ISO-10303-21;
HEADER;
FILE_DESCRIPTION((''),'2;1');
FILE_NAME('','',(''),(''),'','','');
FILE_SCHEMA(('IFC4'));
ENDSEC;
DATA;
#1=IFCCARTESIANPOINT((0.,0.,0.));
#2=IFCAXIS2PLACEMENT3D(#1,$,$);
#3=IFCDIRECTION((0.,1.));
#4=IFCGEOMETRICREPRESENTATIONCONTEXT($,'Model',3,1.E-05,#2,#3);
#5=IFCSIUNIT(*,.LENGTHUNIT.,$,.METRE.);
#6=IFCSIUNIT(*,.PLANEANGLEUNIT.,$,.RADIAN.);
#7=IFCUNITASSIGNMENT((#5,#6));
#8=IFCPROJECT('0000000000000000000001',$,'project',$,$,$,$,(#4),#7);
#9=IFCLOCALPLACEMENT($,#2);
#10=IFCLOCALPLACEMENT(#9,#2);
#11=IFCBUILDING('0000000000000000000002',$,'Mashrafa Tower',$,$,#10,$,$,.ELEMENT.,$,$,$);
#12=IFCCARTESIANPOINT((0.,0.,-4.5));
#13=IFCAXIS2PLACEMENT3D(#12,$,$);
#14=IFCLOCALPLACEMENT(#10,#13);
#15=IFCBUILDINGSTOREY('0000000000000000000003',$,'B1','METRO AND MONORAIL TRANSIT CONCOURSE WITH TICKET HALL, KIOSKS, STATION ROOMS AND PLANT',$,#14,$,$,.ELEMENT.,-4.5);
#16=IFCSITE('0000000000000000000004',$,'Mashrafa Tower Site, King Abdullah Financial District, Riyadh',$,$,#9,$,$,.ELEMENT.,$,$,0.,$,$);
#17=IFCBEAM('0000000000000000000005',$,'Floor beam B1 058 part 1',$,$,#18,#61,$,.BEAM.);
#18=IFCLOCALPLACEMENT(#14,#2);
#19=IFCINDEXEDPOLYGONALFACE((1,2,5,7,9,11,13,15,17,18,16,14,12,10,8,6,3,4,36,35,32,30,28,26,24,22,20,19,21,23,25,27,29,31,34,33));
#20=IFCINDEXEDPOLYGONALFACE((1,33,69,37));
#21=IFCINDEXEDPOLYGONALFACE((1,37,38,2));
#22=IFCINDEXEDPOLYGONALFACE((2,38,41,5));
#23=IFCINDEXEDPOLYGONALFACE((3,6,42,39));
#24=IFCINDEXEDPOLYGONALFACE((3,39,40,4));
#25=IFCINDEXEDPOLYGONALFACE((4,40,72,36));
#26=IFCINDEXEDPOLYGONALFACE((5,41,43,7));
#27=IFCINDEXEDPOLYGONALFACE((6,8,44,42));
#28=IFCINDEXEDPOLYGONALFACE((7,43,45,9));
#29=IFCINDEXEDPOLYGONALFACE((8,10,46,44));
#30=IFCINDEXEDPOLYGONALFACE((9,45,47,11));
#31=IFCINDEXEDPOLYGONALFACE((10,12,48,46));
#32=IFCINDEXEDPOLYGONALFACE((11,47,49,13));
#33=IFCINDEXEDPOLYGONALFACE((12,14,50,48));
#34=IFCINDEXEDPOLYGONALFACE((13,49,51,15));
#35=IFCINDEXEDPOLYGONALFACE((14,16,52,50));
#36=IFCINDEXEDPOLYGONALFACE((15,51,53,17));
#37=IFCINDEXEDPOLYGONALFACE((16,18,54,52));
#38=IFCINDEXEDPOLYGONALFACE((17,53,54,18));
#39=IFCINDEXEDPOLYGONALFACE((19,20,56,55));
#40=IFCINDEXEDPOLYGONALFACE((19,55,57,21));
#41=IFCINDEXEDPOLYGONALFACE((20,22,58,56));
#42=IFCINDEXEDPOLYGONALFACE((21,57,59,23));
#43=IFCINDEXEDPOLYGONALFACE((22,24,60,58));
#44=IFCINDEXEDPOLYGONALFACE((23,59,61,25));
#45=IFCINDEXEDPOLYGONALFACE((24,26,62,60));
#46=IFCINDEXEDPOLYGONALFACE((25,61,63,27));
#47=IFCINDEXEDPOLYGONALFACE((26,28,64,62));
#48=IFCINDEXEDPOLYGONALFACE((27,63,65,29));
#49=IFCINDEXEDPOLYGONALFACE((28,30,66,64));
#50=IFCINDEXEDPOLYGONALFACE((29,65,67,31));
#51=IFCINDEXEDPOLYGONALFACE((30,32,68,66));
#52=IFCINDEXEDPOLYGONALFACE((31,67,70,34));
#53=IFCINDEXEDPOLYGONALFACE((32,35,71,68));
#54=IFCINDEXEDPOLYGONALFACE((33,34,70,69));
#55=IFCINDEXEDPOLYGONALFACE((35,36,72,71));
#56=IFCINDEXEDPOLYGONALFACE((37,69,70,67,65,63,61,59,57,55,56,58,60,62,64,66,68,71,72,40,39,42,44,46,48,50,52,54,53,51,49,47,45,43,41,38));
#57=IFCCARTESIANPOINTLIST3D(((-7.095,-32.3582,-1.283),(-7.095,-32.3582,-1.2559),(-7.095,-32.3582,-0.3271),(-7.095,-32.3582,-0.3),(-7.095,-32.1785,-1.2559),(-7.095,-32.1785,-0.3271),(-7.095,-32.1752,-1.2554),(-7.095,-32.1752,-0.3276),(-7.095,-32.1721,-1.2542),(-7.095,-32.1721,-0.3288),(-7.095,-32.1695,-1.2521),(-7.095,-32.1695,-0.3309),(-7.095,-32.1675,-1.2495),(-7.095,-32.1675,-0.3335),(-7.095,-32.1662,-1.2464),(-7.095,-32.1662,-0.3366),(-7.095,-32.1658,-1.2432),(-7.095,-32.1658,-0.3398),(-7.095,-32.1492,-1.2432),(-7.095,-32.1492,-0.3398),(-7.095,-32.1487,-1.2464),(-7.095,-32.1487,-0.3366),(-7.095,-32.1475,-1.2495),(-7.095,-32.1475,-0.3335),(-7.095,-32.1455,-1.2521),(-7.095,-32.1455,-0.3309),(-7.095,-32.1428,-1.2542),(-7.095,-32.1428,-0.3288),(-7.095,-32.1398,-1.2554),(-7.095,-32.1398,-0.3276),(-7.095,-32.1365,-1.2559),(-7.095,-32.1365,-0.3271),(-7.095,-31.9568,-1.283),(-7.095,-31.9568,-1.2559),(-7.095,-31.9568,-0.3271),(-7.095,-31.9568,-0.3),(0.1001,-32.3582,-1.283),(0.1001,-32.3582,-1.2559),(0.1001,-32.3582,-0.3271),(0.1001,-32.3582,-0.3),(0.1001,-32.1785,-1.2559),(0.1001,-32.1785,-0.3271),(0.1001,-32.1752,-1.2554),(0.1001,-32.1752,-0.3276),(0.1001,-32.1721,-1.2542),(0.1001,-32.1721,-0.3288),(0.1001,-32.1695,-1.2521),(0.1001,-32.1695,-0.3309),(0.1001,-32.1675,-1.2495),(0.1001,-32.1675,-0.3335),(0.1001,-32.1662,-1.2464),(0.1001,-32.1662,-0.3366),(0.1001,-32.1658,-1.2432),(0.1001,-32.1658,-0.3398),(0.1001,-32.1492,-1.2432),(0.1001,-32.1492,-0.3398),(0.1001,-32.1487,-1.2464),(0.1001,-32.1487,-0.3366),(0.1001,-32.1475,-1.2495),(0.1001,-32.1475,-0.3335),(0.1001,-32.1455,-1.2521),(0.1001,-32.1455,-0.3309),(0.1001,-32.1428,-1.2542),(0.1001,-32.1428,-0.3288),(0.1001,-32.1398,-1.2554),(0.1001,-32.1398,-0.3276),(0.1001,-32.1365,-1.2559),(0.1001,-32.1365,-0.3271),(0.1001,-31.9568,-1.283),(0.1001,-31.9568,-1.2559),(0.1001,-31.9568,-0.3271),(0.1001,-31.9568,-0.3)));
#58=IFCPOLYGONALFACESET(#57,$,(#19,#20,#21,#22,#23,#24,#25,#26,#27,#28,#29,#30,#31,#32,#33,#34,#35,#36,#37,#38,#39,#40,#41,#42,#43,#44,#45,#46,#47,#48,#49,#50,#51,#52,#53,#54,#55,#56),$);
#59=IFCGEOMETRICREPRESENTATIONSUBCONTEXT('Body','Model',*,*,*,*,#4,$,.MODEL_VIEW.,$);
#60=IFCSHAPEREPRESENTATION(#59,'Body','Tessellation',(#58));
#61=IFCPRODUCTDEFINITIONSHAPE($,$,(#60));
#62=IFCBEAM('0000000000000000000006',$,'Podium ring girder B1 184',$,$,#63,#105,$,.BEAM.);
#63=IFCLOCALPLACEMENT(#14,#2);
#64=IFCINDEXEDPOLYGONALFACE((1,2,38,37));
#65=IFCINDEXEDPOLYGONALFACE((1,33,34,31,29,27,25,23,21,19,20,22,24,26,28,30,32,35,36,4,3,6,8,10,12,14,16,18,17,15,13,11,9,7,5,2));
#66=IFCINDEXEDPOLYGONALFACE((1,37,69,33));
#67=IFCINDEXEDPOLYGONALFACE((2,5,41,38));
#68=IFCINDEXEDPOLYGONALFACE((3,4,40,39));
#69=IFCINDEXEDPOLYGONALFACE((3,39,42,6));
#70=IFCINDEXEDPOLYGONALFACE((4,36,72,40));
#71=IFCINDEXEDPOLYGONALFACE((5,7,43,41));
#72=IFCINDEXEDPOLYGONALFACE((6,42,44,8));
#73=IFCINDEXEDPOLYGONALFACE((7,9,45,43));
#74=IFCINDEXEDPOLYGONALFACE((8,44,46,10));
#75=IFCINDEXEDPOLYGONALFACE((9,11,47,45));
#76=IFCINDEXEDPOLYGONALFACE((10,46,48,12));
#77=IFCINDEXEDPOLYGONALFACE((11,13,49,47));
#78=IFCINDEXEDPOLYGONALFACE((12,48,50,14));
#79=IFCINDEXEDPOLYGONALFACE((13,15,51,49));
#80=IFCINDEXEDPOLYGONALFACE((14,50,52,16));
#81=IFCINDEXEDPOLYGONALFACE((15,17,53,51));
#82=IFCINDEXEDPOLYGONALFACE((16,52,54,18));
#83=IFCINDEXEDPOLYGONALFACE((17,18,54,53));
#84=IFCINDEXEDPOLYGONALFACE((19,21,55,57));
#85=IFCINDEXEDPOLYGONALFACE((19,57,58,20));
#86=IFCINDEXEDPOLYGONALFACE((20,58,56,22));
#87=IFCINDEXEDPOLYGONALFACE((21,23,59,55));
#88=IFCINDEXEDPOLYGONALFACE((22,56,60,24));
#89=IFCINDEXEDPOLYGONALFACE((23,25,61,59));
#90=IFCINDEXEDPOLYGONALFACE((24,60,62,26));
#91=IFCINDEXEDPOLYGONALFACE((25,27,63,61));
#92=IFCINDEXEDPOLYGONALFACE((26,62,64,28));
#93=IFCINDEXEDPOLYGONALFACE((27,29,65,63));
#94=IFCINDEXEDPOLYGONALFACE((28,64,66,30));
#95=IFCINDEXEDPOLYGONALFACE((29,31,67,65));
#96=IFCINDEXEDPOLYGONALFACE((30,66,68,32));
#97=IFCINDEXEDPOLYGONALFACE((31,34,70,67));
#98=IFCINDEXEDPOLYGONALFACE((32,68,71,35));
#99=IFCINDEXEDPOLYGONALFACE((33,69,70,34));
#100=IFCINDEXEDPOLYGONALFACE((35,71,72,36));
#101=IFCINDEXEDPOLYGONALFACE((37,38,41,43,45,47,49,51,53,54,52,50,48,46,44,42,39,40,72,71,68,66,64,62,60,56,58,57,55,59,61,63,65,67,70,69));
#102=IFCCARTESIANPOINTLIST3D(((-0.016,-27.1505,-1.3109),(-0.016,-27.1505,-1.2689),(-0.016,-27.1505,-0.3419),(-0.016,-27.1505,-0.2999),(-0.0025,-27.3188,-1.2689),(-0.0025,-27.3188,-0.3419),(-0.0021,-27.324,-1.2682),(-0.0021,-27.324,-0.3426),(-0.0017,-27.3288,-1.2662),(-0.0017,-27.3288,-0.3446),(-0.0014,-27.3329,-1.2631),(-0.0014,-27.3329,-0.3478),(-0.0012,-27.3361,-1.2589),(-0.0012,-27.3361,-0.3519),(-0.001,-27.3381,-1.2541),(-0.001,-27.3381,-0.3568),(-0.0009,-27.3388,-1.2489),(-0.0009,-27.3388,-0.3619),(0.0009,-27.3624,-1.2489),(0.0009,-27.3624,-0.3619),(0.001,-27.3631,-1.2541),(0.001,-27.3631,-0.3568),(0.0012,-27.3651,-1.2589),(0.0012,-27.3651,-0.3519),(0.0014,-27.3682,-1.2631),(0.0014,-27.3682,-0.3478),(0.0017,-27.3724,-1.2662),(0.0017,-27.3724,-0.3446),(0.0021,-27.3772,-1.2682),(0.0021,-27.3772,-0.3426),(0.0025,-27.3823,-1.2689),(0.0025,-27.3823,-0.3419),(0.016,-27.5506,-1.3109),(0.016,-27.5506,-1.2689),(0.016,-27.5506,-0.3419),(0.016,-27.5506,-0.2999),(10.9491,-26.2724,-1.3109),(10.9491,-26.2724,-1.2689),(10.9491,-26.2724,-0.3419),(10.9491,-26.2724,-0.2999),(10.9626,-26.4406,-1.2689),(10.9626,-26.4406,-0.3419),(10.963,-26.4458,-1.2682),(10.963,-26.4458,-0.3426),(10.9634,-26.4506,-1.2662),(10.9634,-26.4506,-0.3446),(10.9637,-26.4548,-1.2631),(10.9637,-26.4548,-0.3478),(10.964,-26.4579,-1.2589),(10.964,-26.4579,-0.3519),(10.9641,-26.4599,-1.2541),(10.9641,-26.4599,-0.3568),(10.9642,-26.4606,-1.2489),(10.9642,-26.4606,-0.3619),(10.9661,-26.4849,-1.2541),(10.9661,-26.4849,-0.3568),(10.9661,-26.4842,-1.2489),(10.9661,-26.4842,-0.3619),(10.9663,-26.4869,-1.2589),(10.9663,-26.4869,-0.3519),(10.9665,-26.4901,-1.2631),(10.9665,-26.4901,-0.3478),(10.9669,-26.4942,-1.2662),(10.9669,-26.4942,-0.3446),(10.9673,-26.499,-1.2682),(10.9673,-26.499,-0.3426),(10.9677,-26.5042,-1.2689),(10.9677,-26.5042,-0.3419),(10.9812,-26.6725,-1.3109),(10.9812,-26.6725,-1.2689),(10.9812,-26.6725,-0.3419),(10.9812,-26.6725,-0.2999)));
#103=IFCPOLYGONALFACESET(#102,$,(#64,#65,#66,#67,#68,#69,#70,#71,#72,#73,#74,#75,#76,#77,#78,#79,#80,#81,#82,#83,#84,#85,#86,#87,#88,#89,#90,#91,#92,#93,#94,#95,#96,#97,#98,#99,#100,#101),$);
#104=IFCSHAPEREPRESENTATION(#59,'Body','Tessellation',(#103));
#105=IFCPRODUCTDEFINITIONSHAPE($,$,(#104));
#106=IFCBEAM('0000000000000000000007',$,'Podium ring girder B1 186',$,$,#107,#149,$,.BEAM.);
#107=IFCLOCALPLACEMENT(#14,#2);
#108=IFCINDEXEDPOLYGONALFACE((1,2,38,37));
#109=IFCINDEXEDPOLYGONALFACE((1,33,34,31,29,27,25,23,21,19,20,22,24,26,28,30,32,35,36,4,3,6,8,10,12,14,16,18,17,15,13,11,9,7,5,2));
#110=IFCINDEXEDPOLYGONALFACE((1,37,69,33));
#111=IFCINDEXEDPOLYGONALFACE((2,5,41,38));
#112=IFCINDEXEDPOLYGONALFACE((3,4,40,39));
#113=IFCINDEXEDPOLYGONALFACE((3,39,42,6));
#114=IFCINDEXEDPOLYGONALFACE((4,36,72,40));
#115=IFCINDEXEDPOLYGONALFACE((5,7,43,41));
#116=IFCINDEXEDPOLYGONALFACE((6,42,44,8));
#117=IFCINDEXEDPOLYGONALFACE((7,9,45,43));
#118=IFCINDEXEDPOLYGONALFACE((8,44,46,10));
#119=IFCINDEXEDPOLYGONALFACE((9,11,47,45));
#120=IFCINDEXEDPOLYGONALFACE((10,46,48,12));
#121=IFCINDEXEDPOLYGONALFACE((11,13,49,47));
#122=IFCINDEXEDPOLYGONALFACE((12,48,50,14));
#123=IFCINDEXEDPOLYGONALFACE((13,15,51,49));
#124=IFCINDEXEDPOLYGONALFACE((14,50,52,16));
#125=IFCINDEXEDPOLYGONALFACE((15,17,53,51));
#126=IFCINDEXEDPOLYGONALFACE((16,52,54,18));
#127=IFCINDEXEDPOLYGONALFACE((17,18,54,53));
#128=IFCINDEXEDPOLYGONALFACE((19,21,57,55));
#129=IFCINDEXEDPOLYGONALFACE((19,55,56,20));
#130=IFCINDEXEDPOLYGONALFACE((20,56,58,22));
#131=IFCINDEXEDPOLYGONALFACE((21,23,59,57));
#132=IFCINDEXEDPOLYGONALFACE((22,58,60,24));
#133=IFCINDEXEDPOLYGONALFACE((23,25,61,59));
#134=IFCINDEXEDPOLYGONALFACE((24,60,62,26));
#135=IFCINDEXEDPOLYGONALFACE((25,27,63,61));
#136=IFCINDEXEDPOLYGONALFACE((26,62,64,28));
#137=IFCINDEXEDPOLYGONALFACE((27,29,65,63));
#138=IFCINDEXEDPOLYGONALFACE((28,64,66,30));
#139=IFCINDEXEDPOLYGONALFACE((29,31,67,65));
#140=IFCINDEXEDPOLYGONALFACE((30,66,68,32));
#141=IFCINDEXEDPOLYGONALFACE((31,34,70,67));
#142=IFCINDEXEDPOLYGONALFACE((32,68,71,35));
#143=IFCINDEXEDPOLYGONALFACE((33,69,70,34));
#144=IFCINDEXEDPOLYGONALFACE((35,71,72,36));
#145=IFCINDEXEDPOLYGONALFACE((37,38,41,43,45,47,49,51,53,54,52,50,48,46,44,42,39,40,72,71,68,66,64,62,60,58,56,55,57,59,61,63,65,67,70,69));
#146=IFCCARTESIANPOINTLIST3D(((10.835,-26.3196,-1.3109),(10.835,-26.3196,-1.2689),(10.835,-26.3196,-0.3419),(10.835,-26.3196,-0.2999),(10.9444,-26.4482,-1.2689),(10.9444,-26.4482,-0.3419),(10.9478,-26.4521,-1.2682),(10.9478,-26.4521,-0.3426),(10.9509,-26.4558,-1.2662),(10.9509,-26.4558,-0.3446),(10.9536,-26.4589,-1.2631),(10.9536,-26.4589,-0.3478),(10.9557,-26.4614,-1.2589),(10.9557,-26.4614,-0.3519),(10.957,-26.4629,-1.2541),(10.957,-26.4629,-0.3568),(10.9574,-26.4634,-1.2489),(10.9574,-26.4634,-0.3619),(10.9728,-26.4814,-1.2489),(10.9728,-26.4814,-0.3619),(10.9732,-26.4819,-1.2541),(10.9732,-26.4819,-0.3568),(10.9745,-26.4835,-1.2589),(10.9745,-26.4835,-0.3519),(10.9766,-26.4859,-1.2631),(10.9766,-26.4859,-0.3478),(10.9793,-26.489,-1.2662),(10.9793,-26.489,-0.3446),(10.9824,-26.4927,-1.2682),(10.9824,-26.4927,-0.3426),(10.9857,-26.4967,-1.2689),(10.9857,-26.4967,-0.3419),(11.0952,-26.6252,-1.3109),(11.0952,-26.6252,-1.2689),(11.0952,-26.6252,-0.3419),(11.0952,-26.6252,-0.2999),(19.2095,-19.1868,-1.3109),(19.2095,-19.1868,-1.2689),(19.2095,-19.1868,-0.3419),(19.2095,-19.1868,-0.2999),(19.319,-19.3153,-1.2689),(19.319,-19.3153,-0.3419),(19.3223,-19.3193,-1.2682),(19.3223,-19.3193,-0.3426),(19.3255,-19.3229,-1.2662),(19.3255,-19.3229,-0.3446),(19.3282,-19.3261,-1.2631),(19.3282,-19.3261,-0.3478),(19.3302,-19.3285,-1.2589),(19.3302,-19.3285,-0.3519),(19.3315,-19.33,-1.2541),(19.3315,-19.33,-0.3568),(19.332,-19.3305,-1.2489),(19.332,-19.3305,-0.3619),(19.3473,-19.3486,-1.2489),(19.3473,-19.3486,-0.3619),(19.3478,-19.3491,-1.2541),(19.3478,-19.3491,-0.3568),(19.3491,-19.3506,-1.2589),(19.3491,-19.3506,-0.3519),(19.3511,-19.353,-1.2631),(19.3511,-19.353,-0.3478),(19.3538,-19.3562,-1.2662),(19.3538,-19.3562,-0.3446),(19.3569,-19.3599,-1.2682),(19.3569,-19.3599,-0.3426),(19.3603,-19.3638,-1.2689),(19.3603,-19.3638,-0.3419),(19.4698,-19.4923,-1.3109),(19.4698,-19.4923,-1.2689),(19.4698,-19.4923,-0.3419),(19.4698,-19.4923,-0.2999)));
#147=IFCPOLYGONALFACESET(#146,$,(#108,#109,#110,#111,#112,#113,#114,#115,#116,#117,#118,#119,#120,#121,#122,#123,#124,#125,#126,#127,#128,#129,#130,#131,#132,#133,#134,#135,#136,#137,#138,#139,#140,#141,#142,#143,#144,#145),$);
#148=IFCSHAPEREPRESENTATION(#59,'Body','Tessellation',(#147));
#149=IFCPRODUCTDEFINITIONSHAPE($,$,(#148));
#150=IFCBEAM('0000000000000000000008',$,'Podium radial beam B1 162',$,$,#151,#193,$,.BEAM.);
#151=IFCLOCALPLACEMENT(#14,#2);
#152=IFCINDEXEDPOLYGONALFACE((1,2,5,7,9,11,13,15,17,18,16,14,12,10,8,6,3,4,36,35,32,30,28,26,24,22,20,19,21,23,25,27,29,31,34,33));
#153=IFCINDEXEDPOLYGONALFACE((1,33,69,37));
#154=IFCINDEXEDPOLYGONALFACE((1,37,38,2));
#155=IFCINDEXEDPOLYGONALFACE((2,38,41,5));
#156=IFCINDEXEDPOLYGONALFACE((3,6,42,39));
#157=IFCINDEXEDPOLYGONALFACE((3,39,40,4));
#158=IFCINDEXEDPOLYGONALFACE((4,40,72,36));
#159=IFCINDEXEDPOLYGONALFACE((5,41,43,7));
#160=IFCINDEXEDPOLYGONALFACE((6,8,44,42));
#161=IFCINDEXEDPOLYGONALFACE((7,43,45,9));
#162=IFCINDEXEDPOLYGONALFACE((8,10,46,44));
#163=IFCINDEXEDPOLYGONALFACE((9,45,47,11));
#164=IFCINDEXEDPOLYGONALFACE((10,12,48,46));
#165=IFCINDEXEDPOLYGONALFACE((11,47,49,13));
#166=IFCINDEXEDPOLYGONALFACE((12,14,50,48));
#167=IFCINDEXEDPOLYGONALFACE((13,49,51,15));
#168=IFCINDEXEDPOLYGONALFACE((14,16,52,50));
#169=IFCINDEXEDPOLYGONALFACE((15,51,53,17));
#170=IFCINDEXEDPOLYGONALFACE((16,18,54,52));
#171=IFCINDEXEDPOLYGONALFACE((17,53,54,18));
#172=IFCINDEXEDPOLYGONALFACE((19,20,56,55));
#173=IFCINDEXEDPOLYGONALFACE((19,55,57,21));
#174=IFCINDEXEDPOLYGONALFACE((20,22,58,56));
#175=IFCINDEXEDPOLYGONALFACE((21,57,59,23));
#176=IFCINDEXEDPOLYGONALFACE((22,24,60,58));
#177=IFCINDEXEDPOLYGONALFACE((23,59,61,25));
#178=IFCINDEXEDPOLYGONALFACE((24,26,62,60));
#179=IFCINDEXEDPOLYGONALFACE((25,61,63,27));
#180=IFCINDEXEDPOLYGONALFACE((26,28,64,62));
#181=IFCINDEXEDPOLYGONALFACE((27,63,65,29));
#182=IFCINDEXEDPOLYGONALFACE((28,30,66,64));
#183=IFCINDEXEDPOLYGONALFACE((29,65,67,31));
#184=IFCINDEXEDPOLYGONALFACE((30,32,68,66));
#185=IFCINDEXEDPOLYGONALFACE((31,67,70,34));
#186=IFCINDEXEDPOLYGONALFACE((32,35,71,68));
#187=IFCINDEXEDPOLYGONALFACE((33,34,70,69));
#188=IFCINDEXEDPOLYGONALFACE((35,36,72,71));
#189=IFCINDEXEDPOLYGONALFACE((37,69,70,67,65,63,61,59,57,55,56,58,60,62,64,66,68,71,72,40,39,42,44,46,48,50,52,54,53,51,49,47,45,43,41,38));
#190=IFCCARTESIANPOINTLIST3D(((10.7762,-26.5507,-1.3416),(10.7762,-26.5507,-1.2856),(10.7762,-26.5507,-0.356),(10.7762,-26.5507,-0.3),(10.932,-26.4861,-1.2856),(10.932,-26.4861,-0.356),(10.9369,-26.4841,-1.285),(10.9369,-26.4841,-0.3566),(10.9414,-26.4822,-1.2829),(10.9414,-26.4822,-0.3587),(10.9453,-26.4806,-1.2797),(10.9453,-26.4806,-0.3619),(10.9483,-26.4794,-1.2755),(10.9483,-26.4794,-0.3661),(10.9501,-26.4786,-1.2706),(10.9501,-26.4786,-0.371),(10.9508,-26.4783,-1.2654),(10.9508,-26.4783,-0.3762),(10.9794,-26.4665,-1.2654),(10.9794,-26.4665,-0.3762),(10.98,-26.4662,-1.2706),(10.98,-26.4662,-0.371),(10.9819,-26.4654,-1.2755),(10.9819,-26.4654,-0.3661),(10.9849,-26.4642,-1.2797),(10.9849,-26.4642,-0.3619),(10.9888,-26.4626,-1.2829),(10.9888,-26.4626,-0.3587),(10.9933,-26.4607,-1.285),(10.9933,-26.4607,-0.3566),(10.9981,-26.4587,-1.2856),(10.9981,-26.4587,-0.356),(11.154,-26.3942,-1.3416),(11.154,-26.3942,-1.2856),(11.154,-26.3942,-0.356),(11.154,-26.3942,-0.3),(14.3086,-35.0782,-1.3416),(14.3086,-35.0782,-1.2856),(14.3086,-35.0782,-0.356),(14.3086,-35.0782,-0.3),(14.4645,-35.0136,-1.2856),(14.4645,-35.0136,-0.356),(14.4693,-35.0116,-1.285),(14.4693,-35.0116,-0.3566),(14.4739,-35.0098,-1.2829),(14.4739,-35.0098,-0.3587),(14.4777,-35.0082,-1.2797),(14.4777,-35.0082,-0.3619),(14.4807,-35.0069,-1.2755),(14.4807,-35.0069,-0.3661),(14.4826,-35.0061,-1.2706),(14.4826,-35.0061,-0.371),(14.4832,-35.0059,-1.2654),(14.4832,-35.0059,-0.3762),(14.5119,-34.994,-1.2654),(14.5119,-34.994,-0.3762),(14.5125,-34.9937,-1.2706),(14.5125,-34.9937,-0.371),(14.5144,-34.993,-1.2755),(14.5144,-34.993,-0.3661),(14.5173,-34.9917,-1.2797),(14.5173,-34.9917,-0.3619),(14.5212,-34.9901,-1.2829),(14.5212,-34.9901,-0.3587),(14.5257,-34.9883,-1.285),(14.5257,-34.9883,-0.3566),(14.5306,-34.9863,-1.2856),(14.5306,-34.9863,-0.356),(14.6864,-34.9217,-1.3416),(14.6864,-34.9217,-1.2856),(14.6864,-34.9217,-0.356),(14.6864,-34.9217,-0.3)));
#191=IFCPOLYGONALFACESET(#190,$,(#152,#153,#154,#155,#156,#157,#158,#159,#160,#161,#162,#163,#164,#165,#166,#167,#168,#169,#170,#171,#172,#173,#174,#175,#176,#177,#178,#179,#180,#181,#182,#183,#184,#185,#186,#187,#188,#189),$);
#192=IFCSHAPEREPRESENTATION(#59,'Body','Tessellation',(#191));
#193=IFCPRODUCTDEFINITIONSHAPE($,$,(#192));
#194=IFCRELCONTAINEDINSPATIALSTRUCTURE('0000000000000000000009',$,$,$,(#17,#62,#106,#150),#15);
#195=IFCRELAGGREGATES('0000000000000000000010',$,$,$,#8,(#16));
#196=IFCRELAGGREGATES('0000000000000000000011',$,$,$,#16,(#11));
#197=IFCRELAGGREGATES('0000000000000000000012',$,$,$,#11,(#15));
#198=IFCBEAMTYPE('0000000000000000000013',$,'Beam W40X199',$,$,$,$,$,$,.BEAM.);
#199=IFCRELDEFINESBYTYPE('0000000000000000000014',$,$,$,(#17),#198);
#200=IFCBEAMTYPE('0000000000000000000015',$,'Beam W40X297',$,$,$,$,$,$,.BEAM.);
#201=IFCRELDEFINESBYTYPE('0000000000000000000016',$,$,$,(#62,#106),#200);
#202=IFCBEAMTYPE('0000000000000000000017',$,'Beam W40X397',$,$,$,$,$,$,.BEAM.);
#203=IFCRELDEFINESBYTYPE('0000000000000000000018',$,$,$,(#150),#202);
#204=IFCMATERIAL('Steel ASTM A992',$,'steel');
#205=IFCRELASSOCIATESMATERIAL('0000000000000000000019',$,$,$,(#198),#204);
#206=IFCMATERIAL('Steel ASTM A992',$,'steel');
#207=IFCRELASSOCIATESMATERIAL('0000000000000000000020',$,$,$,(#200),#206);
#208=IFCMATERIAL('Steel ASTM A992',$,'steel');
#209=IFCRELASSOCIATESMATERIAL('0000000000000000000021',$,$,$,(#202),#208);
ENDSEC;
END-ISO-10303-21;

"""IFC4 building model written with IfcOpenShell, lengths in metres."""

from ifc_helpers import new_model, si_unit, direction, frame, origin, origin_2d, place, context, subcontext, project, spatial, i_section, extrude, material, material_profile, profile_set, type_object, element, save


model = new_model("IFC4")

# Units and contexts
model_context = context("Model", 3, precision=1e-05, world=origin(), true_north=direction((0.0, 1.0)))
body_context = subcontext(model_context, "Body", "Model", "MODEL_VIEW")
ifc_project = project(units=[si_unit("LENGTHUNIT", "METRE"), si_unit("PLANEANGLEUNIT", "RADIAN")], contexts=[model_context])

# Site, building, storey
site_placement = place(None, origin())
site = spatial("IfcSite", under=ifc_project, at=site_placement, Name="Mashrafa Tower Site, King Abdullah Financial District, Riyadh", CompositionType="ELEMENT", RefElevation=0.0)
building_placement = place(site_placement, origin())
building = spatial("IfcBuilding", under=site, at=building_placement, Name="Mashrafa Tower", CompositionType="ELEMENT")
storey_placement = place(building_placement, frame((0.0, 0.0, -4.5)))
storey = spatial("IfcBuildingStorey", under=building, at=storey_placement, Name="B1", Description="METRO AND MONORAIL TRANSIT CONCOURSE WITH TICKET HALL, KIOSKS, STATION ROOMS AND PLANT", CompositionType="ELEMENT", Elevation=-4.5)

# Beams
ifc_material_1 = material(Name="Steel ASTM A992", Category="steel")
ifc_material_profile_1 = material_profile(ifc_material_1, i_section(OverallWidth=0.4014, OverallDepth=0.9829, WebThickness=0.0166, FlangeThickness=0.0271, FilletRadius=0.0127, at=origin_2d()), Name="W40X199")
ifc_profile_set_1 = profile_set([ifc_material_profile_1], Name="Steel ASTM A992")
beam_type_1 = type_object("IfcBeamType", Name="Beam W40X199", PredefinedType="BEAM", material=ifc_profile_set_1)
beam_1_placement = place(storey_placement, frame((0.1001, -32.1575, -0.7915), z_axis=(-1.0, 0.0, 0.0), x_axis=(0.0, -1.0, 0.0)))
element("IfcBeam", 1, at=beam_1_placement, inside=storey, type_object=beam_type_1, Name="Floor beam B1 058 part 1", PredefinedType="BEAM", context=body_context, shape_type="SweptSolid", body=[
    extrude(i_section(OverallWidth=0.4014, OverallDepth=0.9829, WebThickness=0.0166, FlangeThickness=0.0271, FilletRadius=0.0127, at=origin_2d()), origin(), (0.0, 0.0, 1.0), 7.1951),
])
ifc_material_2 = material(Name="Steel ASTM A992", Category="steel")
ifc_material_profile_2 = material_profile(ifc_material_2, i_section(OverallWidth=0.4014, OverallDepth=1.011, WebThickness=0.0237, FlangeThickness=0.042, FilletRadius=0.02, at=origin_2d()), Name="W40X297")
ifc_profile_set_2 = profile_set([ifc_material_profile_2], Name="Steel ASTM A992")
beam_type_2 = type_object("IfcBeamType", Name="Beam W40X297", PredefinedType="BEAM", material=ifc_profile_set_2)
beam_2_placement = place(storey_placement, frame((0.0, -27.3506, -0.8054), z_axis=(0.996808, 0.079833, 0.0), x_axis=(-0.079833, 0.996808, 0.0)))
element("IfcBeam", 2, at=beam_2_placement, inside=storey, type_object=beam_type_2, Name="Podium ring girder B1 184", PredefinedType="BEAM", context=body_context, shape_type="SweptSolid", body=[
    extrude(i_section(OverallWidth=0.4014, OverallDepth=1.011, WebThickness=0.0237, FlangeThickness=0.042, FilletRadius=0.02, at=origin_2d()), origin(), (0.0, 0.0, 1.0), 11.0002),
])
beam_3_placement = place(storey_placement, frame((10.9651, -26.4724, -0.8054), z_axis=(0.761289, 0.648412, 0.0), x_axis=(-0.648412, 0.761289, 0.0)))
element("IfcBeam", 3, at=beam_3_placement, inside=storey, type_object=beam_type_2, Name="Podium ring girder B1 186", PredefinedType="BEAM", context=body_context, shape_type="SweptSolid", body=[
    extrude(i_section(OverallWidth=0.4014, OverallDepth=1.011, WebThickness=0.0237, FlangeThickness=0.042, FilletRadius=0.02, at=origin_2d()), origin(), (0.0, 0.0, 1.0), 11.0005),
])
ifc_material_3 = material(Name="Steel ASTM A992", Category="steel")
ifc_material_profile_3 = material_profile(ifc_material_3, i_section(OverallWidth=0.4089, OverallDepth=1.0415, WebThickness=0.031, FlangeThickness=0.0559, FilletRadius=0.0203, at=origin_2d()), Name="W40X397")
ifc_profile_set_3 = profile_set([ifc_material_profile_3], Name="Steel ASTM A992")
beam_type_3 = type_object("IfcBeamType", Name="Beam W40X397", PredefinedType="BEAM", material=ifc_profile_set_3)
beam_4_placement = place(storey_placement, frame((10.9651, -26.4724, -0.8208), z_axis=(0.382705, -0.923871, 0.0), x_axis=(0.923871, 0.382705, 0.0)))
element("IfcBeam", 4, at=beam_4_placement, inside=storey, type_object=beam_type_3, Name="Podium radial beam B1 162", PredefinedType="BEAM", context=body_context, shape_type="SweptSolid", body=[
    extrude(i_section(OverallWidth=0.4089, OverallDepth=1.0415, WebThickness=0.031, FlangeThickness=0.0559, FilletRadius=0.0203, at=origin_2d()), origin(), (0.0, 0.0, 1.0), 9.2302),
])

save(model, "model.ifc")
